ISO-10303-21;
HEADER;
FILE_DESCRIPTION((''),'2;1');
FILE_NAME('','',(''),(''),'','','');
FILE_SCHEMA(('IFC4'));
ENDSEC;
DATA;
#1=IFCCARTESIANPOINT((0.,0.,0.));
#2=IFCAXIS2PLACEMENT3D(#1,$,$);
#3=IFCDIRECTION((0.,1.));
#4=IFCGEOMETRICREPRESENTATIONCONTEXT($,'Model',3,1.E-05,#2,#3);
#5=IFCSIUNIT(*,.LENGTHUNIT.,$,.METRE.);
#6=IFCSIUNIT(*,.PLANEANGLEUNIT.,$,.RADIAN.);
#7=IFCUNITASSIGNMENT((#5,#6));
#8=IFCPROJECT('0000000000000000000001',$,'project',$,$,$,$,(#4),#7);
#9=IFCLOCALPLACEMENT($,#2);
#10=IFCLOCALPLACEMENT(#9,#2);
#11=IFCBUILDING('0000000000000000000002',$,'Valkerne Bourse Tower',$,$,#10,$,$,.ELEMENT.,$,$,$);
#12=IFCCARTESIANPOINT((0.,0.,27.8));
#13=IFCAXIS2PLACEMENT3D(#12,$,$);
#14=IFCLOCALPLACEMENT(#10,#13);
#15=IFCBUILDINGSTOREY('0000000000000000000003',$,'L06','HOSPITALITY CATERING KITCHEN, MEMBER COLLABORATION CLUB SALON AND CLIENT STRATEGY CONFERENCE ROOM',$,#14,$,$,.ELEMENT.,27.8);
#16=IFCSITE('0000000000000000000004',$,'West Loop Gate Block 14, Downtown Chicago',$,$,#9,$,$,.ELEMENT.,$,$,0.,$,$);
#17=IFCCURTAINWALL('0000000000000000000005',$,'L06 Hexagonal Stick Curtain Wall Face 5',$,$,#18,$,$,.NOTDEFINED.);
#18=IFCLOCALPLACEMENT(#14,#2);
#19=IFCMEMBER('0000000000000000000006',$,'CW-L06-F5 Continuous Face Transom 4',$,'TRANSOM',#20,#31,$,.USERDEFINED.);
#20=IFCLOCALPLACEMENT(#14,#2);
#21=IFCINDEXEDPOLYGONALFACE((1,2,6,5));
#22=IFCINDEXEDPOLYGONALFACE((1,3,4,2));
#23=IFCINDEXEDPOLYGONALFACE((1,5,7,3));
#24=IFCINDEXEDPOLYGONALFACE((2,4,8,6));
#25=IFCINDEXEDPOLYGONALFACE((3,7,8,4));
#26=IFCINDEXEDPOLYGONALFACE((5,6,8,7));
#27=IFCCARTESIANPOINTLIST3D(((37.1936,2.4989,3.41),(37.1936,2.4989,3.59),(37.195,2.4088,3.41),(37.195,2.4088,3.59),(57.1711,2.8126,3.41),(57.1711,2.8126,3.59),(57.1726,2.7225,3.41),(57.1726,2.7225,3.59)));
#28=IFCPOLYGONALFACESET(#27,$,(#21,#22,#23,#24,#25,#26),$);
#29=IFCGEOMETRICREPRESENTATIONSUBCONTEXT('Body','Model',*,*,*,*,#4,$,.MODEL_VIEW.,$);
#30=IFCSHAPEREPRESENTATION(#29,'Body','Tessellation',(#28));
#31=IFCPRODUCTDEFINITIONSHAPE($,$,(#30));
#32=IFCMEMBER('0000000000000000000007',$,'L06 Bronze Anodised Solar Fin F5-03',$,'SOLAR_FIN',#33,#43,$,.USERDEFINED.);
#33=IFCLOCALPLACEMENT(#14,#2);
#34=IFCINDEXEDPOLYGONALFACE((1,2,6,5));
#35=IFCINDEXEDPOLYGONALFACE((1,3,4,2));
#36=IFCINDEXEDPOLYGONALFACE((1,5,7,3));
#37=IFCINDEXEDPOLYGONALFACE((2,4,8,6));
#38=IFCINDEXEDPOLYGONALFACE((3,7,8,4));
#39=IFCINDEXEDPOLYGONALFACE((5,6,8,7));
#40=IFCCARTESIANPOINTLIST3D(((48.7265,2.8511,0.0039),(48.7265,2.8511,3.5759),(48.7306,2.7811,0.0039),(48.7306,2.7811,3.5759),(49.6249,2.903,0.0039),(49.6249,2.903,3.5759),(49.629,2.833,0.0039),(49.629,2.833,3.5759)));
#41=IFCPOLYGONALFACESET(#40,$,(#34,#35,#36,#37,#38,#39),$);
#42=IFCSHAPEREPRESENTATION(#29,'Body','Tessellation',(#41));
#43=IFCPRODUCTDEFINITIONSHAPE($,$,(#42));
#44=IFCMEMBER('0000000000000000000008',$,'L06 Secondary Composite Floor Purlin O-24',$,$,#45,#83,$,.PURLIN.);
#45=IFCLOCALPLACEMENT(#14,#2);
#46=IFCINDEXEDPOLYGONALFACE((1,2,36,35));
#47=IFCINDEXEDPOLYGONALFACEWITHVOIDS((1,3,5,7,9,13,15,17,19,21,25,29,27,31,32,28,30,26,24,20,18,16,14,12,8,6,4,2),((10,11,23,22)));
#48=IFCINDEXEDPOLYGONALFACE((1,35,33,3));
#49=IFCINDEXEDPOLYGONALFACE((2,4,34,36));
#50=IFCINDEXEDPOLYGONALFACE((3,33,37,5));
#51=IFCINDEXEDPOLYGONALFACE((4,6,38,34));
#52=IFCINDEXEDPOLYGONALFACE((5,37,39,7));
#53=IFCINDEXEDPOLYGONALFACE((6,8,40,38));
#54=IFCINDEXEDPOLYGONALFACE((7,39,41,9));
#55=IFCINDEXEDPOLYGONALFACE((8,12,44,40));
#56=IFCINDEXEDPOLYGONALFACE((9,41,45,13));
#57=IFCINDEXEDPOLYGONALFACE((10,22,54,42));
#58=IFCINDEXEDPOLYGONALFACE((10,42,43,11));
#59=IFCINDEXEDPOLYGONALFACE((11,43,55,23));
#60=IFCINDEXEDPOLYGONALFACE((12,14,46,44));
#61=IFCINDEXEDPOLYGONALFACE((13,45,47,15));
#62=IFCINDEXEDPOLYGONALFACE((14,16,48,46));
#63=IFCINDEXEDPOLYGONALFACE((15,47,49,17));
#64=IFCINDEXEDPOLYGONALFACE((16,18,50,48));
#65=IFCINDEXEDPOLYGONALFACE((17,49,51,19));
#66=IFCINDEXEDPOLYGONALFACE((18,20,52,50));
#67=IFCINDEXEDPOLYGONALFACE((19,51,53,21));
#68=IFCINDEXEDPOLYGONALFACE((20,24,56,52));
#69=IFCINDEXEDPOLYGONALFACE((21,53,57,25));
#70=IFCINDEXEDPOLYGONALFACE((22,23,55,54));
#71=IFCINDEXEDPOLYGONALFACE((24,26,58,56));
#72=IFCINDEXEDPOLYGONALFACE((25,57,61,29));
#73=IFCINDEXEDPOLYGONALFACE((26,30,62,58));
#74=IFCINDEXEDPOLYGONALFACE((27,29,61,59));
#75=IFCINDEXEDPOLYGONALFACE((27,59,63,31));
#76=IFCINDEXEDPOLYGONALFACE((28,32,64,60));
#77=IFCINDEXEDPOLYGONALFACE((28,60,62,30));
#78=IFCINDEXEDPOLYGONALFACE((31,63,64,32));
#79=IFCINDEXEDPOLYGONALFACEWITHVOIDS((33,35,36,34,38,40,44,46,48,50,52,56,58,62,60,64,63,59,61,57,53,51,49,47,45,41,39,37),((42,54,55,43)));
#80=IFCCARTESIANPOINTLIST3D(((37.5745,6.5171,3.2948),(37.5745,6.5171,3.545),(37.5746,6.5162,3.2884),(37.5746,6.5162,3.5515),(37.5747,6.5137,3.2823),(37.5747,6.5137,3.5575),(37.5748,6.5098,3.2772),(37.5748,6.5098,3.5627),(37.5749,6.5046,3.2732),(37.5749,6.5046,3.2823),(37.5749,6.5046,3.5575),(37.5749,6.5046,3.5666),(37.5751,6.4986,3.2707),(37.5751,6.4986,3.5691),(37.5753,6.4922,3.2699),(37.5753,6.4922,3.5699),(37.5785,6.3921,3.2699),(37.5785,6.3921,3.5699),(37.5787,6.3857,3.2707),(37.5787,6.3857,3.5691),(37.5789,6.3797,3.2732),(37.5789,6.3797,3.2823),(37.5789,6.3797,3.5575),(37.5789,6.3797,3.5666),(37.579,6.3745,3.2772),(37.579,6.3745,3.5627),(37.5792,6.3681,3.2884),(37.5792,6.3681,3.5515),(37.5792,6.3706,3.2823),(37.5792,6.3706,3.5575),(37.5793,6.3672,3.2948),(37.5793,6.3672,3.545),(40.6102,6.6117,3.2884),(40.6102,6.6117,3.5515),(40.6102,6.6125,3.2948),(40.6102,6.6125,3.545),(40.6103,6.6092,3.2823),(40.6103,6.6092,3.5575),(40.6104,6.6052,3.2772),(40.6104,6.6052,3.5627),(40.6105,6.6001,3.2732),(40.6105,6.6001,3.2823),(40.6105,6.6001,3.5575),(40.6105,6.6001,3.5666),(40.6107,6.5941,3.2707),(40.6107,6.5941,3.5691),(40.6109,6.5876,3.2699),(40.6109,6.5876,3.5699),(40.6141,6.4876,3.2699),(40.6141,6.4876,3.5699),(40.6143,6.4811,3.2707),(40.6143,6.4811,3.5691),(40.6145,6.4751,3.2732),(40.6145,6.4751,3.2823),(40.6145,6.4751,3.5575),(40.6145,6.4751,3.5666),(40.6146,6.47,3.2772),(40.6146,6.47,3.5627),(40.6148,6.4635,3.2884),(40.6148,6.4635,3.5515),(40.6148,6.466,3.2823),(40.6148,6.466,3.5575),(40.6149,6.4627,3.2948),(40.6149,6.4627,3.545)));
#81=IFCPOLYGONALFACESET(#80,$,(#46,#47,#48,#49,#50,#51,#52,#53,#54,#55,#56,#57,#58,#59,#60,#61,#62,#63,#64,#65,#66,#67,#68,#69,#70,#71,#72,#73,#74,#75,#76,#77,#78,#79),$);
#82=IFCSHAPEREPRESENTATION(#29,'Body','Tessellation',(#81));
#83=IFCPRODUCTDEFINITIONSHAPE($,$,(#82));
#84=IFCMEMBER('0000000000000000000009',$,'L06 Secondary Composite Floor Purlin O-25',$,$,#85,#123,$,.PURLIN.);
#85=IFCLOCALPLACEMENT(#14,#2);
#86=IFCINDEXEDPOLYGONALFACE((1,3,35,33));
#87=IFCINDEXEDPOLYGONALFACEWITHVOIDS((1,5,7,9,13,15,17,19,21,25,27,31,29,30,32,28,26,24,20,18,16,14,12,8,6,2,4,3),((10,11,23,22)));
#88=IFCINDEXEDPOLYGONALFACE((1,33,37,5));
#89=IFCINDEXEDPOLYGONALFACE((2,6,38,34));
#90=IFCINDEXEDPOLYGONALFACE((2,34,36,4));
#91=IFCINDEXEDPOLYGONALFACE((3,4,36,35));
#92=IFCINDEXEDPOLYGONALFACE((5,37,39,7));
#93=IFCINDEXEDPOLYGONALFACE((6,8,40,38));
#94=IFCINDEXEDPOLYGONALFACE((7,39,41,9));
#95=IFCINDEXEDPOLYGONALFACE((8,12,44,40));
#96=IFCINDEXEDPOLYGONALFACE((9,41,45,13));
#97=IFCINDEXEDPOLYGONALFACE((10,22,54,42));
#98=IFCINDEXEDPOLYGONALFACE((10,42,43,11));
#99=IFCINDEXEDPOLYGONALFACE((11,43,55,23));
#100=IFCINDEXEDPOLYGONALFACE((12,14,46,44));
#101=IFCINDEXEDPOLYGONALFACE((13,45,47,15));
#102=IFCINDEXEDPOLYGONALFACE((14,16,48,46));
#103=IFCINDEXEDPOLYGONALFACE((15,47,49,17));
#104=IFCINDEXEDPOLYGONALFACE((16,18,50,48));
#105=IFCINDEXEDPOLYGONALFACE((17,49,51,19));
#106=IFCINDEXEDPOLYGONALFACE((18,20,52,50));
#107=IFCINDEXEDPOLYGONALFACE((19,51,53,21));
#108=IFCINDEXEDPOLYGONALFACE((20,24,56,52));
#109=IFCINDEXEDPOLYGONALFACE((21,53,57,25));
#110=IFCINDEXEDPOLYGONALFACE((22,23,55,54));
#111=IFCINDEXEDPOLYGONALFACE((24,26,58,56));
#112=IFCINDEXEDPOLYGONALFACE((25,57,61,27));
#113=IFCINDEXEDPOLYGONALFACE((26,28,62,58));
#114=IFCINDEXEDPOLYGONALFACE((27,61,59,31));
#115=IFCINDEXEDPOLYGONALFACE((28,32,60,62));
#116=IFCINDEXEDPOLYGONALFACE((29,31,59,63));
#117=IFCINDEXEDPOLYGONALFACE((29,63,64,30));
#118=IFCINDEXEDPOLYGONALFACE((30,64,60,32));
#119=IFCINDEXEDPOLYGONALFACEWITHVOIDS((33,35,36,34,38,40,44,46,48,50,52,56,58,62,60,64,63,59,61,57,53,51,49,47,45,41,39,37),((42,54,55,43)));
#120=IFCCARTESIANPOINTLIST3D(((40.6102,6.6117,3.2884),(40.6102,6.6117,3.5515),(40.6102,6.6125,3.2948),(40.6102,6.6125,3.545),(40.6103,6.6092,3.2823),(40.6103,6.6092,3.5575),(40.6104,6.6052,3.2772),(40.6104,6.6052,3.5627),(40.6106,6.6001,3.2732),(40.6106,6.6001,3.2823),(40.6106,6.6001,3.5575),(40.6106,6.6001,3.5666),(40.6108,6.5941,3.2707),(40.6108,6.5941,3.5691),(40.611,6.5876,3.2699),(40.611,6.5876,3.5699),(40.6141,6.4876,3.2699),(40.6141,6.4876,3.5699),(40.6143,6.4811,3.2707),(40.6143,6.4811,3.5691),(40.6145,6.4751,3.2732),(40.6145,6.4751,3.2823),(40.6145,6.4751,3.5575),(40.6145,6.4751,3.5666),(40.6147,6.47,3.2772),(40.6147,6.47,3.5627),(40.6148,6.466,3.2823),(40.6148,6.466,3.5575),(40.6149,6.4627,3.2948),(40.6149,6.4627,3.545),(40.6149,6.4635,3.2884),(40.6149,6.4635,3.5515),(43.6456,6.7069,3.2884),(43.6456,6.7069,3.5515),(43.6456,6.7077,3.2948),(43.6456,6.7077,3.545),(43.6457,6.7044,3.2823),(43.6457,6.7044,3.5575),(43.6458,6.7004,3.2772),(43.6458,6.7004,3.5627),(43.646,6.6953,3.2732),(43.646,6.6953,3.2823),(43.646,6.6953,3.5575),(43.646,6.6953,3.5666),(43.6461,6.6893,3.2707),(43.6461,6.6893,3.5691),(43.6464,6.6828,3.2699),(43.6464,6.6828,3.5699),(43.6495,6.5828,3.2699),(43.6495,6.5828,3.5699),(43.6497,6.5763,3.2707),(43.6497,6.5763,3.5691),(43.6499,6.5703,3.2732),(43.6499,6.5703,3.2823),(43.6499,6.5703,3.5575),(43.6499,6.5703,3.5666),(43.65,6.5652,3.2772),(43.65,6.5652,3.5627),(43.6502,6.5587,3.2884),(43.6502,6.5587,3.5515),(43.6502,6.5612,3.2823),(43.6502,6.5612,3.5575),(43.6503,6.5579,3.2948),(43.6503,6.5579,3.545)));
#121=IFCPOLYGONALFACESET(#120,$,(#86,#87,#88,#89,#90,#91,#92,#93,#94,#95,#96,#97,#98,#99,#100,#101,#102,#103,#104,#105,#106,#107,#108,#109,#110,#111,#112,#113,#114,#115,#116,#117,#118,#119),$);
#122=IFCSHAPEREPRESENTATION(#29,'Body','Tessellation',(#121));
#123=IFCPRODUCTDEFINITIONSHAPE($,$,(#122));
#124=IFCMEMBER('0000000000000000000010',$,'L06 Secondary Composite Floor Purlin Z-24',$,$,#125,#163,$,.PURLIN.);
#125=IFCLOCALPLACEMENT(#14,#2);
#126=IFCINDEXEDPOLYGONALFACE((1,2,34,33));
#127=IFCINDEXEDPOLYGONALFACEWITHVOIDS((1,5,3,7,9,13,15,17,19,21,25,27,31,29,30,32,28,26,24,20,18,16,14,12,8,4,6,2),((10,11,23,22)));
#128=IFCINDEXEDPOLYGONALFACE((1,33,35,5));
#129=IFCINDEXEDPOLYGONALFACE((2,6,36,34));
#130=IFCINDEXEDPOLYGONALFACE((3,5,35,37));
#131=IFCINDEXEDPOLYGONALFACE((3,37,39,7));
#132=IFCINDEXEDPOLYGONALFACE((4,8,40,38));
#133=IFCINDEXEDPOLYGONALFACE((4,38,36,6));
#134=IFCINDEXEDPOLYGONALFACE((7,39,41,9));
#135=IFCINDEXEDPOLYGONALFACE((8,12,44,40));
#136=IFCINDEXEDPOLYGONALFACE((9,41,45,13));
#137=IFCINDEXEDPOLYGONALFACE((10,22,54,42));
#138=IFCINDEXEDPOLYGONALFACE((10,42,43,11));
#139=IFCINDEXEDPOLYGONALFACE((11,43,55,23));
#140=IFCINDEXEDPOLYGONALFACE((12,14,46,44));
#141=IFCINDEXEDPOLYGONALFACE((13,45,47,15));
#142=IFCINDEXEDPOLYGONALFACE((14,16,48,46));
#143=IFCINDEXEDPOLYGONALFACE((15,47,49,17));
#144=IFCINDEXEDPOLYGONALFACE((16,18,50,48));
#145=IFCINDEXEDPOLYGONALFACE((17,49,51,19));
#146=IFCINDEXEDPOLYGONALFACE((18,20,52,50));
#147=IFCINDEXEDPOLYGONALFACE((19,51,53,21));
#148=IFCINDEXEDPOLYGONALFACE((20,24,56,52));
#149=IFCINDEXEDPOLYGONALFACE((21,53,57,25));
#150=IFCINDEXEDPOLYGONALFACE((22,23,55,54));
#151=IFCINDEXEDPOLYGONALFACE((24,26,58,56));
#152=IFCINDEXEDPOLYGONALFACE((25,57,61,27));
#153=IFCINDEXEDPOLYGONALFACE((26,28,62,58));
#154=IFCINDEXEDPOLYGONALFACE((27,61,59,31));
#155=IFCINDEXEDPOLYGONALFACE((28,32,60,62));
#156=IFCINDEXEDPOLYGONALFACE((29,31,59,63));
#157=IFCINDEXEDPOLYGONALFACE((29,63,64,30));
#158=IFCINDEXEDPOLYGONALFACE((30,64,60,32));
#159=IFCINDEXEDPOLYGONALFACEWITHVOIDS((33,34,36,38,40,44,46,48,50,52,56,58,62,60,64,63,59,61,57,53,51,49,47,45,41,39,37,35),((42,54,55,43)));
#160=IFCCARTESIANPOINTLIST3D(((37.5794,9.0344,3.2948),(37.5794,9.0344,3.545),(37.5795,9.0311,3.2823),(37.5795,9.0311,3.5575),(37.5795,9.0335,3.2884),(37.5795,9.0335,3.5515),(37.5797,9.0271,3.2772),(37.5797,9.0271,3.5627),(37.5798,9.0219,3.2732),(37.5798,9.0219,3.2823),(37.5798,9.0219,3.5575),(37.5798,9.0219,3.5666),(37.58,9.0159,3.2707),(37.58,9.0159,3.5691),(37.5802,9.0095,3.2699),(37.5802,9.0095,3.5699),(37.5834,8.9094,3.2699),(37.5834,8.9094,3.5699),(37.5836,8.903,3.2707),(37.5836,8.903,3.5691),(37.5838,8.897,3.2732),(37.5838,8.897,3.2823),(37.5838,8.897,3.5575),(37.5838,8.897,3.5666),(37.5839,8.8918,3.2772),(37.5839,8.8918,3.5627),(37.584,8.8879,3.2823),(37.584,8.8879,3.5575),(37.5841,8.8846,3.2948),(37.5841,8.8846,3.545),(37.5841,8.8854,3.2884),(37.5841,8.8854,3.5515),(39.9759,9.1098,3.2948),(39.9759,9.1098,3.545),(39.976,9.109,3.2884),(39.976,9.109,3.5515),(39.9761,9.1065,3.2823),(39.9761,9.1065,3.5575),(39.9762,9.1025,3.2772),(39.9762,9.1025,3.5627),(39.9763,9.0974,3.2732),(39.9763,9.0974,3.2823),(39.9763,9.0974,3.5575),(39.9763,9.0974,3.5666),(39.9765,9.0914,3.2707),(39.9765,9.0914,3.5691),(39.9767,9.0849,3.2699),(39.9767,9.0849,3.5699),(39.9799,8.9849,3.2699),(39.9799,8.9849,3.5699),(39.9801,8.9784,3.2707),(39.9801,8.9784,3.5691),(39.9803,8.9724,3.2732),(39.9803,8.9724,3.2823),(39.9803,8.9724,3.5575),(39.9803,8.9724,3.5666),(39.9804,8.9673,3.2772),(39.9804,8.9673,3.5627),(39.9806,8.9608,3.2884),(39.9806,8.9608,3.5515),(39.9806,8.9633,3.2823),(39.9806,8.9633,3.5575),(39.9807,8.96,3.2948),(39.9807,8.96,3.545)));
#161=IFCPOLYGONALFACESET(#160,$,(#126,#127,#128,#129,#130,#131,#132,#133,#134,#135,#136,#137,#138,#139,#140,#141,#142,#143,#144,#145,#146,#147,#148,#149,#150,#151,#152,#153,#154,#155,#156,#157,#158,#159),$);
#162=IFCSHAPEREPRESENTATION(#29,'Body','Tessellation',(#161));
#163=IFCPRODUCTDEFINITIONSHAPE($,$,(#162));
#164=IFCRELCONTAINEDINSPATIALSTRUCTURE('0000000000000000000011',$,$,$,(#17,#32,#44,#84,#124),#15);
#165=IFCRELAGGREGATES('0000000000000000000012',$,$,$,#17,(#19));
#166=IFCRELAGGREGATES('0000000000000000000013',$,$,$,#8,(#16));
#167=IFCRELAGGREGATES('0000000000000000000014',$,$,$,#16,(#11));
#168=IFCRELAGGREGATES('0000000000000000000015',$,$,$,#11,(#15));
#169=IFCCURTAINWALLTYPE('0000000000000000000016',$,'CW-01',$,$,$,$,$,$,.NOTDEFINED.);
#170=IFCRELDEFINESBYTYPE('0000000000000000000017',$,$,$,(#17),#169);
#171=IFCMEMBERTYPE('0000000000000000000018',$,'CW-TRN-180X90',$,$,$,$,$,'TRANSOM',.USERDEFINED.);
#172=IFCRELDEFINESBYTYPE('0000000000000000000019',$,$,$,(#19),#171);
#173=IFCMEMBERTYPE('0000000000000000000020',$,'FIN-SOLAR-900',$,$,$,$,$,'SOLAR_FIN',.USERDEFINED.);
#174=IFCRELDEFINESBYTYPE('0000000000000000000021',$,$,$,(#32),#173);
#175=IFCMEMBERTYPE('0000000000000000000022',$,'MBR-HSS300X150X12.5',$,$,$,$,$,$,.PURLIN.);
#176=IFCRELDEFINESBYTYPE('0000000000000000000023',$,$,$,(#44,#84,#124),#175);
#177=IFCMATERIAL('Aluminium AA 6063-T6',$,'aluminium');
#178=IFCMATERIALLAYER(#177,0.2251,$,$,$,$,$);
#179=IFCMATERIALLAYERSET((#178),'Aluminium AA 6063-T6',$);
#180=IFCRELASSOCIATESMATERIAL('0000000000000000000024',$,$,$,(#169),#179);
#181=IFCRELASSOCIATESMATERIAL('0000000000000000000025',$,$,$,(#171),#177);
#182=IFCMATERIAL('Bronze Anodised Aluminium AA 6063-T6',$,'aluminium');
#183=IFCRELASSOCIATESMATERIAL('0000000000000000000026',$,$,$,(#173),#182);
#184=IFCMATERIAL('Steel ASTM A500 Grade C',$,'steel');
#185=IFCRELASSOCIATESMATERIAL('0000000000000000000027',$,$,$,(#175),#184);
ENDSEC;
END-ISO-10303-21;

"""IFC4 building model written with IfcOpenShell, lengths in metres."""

from ifc_helpers import new_model, si_unit, direction, frame, origin, origin_2d, place, context, subcontext, project, spatial, rectangle, hollow_rectangle, extrude, material, layer, layer_set, material_profile, profile_set, type_object, element, aggregate, save


model = new_model("IFC4")

# Units and contexts
model_context = context("Model", 3, precision=1e-05, world=origin(), true_north=direction((0.0, 1.0)))
body_context = subcontext(model_context, "Body", "Model", "MODEL_VIEW")
ifc_project = project(units=[si_unit("LENGTHUNIT", "METRE"), si_unit("PLANEANGLEUNIT", "RADIAN")], contexts=[model_context])

# Site, building, storey
site_placement = place(None, origin())
site = spatial("IfcSite", under=ifc_project, at=site_placement, Name="West Loop Gate Block 14, Downtown Chicago", CompositionType="ELEMENT", RefElevation=0.0)
building_placement = place(site_placement, origin())
building = spatial("IfcBuilding", under=site, at=building_placement, Name="Valkerne Bourse Tower", CompositionType="ELEMENT")
storey_placement = place(building_placement, frame((0.0, 0.0, 27.8)))
storey = spatial("IfcBuildingStorey", under=building, at=storey_placement, Name="L06", Description="HOSPITALITY CATERING KITCHEN, MEMBER COLLABORATION CLUB SALON AND CLIENT STRATEGY CONFERENCE ROOM", CompositionType="ELEMENT", Elevation=27.8)

# Curtain wall, member
ifc_material_1 = material(Name="Aluminium AA 6063-T6", Category="aluminium")
ifc_layer_1 = layer(ifc_material_1, 0.2251)
ifc_layer_set_1 = layer_set([ifc_layer_1], Name="Aluminium AA 6063-T6")
curtain_wall_type = type_object("IfcCurtainWallType", Name="CW-01", PredefinedType="NOTDEFINED", material=ifc_layer_set_1)
curtain_wall_placement = place(storey_placement, origin())
curtain_wall = element("IfcCurtainWall", 1, at=curtain_wall_placement, inside=storey, type_object=curtain_wall_type, Name="L06 Hexagonal Stick Curtain Wall Face 5", PredefinedType="NOTDEFINED")
ifc_material_profile_1 = material_profile(ifc_material_1, rectangle(XDim=0.0901, YDim=0.1799, at=origin_2d()), Name="CWT-90X180")
ifc_profile_set_1 = profile_set([ifc_material_profile_1], Name="Aluminium AA 6063-T6")
member_type_1 = type_object("IfcMemberType", Name="CW-TRN-180X90", ElementType="TRANSOM", PredefinedType="USERDEFINED", material=ifc_profile_set_1)
member_1_placement = place(storey_placement, frame((37.1943, 2.4539, 3.5), z_axis=(0.999877, 0.015702, 0.0), x_axis=(-0.015702, 0.999877, 0.0)))
member_1 = element("IfcMember", 2, at=member_1_placement, type_object=member_type_1, Name="CW-L06-F5 Continuous Face Transom 4", ObjectType="TRANSOM", PredefinedType="USERDEFINED", context=body_context, shape_type="SweptSolid", body=[
    extrude(rectangle(XDim=0.0901, YDim=0.1799, at=origin_2d()), origin(), (0.0, 0.0, 1.0), 19.98),
])

# Members
ifc_material_2 = material(Name="Bronze Anodised Aluminium AA 6063-T6", Category="aluminium")
ifc_material_profile_2 = material_profile(ifc_material_2, rectangle(XDim=0.0701, YDim=0.8999, at=origin_2d()), Name="FIN-70X900")
ifc_profile_set_2 = profile_set([ifc_material_profile_2], Name="Bronze Anodised Aluminium AA 6063-T6")
member_type_2 = type_object("IfcMemberType", Name="FIN-SOLAR-900", ElementType="SOLAR_FIN", PredefinedType="USERDEFINED", material=ifc_profile_set_2)
member_2_placement = place(storey_placement, frame((49.1777, 2.842, 0.0039), z_axis=(0.0, 0.0, 1.0), x_axis=(0.057697, -0.998334, 0.0)))
element("IfcMember", 3, at=member_2_placement, inside=storey, type_object=member_type_2, Name="L06 Bronze Anodised Solar Fin F5-03", ObjectType="SOLAR_FIN", PredefinedType="USERDEFINED", context=body_context, shape_type="SweptSolid", body=[
    extrude(rectangle(XDim=0.0701, YDim=0.8999, at=origin_2d()), origin(), (0.0, 0.0, 1.0), 3.572),
])
ifc_material_3 = material(Name="Steel ASTM A500 Grade C", Category="steel")
ifc_material_profile_3 = material_profile(ifc_material_3, hollow_rectangle(XDim=0.1499, YDim=0.3, WallThickness=0.0125, OuterFilletRadius=0.0249, at=origin_2d()), Name="HSS300X150X12.5")
ifc_profile_set_3 = profile_set([ifc_material_profile_3], Name="Steel ASTM A500 Grade C")
member_type_3 = type_object("IfcMemberType", Name="MBR-HSS300X150X12.5", PredefinedType="PURLIN", material=ifc_profile_set_3)
member_3_placement = place(storey_placement, frame((37.5769, 6.4421, 3.4199), z_axis=(0.999506, 0.03143, 0.0), x_axis=(-0.03143, 0.999506, 0.0)))
element("IfcMember", 4, at=member_3_placement, inside=storey, type_object=member_type_3, Name="L06 Secondary Composite Floor Purlin O-24", PredefinedType="PURLIN", context=body_context, shape_type="SweptSolid", body=[
    extrude(hollow_rectangle(XDim=0.1499, YDim=0.3, WallThickness=0.0125, OuterFilletRadius=0.0249, at=origin_2d()), origin(), (0.0, 0.0, 1.0), 3.0371),
])
member_4_placement = place(storey_placement, frame((40.6125, 6.5376, 3.4199), z_axis=(0.999508, 0.031353, 0.0), x_axis=(-0.031353, 0.999508, 0.0)))
element("IfcMember", 5, at=member_4_placement, inside=storey, type_object=member_type_3, Name="L06 Secondary Composite Floor Purlin O-25", PredefinedType="PURLIN", context=body_context, shape_type="SweptSolid", body=[
    extrude(hollow_rectangle(XDim=0.1499, YDim=0.3, WallThickness=0.0125, OuterFilletRadius=0.0249, at=origin_2d()), origin(), (0.0, 0.0, 1.0), 3.0369),
])
member_5_placement = place(storey_placement, frame((37.5818, 8.9595, 3.4199), z_axis=(0.999505, 0.031464, 0.0), x_axis=(-0.031464, 0.999505, 0.0)))
element("IfcMember", 6, at=member_5_placement, inside=storey, type_object=member_type_3, Name="L06 Secondary Composite Floor Purlin Z-24", PredefinedType="PURLIN", context=body_context, shape_type="SweptSolid", body=[
    extrude(hollow_rectangle(XDim=0.1499, YDim=0.3, WallThickness=0.0125, OuterFilletRadius=0.0249, at=origin_2d()), origin(), (0.0, 0.0, 1.0), 2.3977),
])

aggregate(curtain_wall, [member_1])

save(model, "model.ifc")
